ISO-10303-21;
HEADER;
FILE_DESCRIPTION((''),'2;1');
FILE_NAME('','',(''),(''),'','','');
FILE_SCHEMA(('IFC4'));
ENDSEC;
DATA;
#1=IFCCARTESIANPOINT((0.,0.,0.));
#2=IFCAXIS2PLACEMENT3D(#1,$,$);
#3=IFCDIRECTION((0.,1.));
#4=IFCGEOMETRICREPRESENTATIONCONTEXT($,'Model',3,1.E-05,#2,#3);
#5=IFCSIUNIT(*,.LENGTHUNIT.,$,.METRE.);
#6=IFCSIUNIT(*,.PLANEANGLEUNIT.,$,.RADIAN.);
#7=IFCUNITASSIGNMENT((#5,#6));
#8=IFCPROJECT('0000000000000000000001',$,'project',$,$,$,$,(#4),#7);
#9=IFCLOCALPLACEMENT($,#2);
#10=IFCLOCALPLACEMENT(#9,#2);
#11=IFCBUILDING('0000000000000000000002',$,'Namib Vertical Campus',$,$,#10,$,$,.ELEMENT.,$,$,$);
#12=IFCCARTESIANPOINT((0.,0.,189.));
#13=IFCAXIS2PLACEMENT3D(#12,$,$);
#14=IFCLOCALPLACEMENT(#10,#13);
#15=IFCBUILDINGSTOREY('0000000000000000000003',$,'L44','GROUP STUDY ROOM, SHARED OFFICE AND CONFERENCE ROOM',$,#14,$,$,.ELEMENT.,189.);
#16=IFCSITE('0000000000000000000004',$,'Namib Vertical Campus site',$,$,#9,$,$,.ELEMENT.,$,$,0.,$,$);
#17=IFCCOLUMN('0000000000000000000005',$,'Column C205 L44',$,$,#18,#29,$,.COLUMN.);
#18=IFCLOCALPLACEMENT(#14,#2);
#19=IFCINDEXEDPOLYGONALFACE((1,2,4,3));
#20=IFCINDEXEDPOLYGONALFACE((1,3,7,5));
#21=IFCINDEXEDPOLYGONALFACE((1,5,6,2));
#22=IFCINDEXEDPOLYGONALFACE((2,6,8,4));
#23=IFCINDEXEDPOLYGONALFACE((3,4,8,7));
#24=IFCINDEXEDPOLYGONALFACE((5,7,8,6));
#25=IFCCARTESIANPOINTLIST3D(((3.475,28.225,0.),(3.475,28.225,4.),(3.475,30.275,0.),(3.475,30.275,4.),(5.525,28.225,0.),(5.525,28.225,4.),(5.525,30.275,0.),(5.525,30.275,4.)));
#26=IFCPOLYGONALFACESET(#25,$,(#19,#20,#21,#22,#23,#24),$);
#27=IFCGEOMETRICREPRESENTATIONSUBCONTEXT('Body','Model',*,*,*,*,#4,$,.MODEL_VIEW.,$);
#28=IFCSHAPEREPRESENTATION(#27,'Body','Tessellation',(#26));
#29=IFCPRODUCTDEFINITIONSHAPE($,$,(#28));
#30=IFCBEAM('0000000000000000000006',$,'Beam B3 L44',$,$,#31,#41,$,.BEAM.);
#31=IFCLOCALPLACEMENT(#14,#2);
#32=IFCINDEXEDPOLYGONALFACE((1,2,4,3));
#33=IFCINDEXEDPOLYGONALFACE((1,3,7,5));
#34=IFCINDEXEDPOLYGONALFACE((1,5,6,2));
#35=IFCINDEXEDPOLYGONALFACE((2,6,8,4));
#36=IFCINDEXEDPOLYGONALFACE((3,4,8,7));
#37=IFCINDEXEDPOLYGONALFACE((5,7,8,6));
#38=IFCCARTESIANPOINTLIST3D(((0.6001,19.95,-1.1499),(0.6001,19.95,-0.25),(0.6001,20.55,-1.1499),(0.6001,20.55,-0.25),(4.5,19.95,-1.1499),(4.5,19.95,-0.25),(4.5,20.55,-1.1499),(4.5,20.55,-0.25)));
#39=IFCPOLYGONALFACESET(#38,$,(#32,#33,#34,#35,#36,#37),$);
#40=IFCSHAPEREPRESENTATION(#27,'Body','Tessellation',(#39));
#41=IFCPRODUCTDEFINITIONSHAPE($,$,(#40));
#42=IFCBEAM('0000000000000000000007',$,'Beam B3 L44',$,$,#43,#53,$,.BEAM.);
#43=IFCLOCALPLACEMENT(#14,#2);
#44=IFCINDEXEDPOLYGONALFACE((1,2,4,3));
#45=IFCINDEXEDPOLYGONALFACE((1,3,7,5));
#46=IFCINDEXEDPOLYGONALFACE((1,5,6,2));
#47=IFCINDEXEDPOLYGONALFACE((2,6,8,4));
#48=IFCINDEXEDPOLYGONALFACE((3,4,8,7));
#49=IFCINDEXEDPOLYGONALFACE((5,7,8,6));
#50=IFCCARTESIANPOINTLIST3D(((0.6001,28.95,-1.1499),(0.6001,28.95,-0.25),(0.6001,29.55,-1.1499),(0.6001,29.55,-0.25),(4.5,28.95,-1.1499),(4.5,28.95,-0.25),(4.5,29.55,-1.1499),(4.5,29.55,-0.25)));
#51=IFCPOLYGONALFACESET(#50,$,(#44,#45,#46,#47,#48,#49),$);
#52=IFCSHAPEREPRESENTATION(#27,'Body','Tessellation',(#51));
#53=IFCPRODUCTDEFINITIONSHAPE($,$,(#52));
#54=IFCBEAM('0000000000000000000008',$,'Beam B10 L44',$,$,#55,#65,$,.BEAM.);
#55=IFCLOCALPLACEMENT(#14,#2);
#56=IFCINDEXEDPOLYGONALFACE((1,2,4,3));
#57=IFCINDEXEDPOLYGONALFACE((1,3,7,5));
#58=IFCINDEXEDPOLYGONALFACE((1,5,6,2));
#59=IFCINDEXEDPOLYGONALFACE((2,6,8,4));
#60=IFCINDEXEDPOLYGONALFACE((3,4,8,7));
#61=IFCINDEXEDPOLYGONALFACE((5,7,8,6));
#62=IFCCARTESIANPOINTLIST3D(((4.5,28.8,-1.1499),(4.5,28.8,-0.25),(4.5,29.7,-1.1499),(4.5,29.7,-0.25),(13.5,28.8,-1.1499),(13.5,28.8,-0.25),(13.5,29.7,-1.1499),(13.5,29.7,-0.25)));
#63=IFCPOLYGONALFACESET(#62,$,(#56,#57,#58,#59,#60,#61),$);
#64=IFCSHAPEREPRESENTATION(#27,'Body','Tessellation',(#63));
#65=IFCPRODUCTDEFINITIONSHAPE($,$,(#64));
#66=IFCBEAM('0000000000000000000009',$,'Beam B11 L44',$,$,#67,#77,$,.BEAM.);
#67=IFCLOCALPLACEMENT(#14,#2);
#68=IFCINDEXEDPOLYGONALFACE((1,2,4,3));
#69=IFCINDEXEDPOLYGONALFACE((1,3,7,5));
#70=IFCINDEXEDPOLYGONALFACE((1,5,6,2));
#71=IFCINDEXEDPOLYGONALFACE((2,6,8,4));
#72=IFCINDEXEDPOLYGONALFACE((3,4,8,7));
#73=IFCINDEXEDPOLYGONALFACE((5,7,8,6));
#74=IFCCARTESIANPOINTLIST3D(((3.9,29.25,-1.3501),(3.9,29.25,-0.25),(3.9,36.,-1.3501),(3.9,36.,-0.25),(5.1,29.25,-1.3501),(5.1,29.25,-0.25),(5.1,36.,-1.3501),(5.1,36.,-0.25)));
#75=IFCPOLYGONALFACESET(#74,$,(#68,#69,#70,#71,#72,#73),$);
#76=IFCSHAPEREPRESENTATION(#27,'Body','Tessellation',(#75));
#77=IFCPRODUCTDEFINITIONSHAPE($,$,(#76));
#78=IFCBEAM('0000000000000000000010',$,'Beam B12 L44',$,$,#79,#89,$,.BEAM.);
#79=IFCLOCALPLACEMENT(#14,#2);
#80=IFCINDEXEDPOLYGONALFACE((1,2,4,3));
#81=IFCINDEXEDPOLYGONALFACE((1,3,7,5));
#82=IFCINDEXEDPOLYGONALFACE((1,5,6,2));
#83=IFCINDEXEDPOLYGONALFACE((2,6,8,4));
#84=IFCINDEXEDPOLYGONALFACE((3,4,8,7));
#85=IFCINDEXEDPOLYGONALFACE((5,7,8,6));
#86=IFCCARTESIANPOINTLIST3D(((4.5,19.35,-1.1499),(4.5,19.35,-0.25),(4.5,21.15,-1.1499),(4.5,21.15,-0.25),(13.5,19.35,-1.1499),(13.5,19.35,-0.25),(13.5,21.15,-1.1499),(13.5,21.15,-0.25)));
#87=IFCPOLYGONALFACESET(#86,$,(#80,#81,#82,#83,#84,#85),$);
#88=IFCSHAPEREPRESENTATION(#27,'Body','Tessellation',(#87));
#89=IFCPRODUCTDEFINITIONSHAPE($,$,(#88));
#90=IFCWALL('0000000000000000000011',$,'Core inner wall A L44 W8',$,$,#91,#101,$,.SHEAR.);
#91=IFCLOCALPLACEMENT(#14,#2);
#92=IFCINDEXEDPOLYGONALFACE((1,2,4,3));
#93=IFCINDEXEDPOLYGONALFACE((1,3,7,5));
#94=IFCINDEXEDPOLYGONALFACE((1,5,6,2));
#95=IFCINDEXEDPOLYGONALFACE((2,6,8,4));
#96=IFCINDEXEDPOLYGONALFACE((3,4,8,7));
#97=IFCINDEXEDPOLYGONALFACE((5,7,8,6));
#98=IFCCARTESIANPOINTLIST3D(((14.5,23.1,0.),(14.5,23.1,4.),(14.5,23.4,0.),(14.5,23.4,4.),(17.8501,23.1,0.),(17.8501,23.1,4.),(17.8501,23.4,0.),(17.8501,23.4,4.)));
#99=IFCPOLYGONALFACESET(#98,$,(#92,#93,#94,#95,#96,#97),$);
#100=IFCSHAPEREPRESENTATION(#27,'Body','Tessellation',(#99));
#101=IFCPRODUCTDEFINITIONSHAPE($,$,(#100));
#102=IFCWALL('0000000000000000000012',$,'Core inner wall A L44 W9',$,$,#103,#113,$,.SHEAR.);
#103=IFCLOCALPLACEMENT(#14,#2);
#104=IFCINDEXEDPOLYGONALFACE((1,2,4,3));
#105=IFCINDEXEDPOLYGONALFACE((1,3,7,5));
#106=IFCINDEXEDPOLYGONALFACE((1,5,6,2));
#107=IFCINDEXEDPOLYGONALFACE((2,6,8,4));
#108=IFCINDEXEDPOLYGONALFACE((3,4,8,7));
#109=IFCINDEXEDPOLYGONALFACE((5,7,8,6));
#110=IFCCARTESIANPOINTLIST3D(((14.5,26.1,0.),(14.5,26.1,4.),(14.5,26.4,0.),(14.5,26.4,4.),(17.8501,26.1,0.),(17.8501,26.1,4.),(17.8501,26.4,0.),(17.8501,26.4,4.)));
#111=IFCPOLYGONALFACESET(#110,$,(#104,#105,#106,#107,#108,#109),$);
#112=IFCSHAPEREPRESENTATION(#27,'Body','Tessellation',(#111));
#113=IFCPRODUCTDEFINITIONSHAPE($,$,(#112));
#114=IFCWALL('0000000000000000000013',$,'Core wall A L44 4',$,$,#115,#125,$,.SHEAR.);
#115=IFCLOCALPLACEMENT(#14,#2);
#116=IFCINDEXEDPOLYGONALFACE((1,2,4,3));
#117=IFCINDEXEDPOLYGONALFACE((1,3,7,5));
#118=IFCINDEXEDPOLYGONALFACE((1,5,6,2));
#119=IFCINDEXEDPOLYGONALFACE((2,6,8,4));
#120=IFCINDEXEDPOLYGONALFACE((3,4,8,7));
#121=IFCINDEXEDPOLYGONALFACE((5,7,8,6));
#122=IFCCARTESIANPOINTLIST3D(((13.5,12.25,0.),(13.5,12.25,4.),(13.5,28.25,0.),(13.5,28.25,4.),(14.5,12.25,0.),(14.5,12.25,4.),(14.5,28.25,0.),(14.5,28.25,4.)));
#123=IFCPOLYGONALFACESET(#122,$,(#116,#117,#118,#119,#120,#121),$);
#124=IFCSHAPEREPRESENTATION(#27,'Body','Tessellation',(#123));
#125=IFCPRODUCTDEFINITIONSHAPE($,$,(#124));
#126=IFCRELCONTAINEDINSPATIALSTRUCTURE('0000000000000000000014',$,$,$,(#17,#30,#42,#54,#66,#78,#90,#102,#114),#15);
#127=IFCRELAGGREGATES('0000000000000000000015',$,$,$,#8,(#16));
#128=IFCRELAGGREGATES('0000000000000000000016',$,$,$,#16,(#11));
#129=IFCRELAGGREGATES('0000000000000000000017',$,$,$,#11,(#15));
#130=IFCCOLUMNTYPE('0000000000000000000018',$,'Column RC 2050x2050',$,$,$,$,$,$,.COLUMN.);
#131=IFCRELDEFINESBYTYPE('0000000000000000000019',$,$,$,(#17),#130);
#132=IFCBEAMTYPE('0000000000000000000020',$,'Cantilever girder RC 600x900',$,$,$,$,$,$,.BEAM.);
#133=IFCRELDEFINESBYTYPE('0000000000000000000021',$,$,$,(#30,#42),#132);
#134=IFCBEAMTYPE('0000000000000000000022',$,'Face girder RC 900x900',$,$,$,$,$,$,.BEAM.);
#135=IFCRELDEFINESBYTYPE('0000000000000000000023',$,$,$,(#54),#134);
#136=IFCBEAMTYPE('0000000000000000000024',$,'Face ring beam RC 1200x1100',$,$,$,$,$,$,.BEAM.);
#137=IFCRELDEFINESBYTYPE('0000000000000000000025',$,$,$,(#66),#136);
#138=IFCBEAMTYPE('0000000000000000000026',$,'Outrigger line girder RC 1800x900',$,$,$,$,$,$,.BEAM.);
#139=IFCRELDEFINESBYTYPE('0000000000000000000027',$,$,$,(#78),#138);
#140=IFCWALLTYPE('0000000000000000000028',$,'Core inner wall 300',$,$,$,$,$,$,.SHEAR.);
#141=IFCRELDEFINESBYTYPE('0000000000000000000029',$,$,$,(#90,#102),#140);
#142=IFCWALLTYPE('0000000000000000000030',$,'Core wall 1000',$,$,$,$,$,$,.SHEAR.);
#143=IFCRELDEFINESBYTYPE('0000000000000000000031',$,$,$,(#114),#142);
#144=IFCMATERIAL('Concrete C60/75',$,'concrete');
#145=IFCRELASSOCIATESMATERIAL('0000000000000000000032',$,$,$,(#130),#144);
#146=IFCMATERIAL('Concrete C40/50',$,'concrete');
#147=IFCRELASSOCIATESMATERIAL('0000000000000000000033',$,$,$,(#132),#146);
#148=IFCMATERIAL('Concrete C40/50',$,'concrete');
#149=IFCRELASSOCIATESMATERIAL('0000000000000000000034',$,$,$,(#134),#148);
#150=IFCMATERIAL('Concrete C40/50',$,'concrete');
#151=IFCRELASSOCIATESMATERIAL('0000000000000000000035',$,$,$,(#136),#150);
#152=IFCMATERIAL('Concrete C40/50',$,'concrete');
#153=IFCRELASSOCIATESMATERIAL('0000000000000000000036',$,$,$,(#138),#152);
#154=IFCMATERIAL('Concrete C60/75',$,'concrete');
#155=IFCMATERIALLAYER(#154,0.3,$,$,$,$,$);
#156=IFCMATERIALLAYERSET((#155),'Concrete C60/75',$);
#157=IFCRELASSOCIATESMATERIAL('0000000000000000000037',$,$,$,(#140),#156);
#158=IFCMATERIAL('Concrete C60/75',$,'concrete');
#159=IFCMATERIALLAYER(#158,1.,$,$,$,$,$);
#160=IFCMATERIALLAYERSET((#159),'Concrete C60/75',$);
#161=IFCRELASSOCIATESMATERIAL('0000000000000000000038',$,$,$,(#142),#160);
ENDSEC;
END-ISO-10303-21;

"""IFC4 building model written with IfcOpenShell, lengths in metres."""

from ifc_helpers import new_model, si_unit, direction, frame, frame_2d, origin, origin_2d, place, context, subcontext, project, spatial, rectangle, extrude, material, layer, layer_set, material_profile, profile_set, type_object, element, save


model = new_model("IFC4")

# Units and contexts
model_context = context("Model", 3, precision=1e-05, world=origin(), true_north=direction((0.0, 1.0)))
body_context = subcontext(model_context, "Body", "Model", "MODEL_VIEW")
ifc_project = project(units=[si_unit("LENGTHUNIT", "METRE"), si_unit("PLANEANGLEUNIT", "RADIAN")], contexts=[model_context])

# Site, building, storey
site_placement = place(None, origin())
site = spatial("IfcSite", under=ifc_project, at=site_placement, Name="Namib Vertical Campus site", CompositionType="ELEMENT", RefElevation=0.0)
building_placement = place(site_placement, origin())
building = spatial("IfcBuilding", under=site, at=building_placement, Name="Namib Vertical Campus", CompositionType="ELEMENT")
storey_placement = place(building_placement, frame((0.0, 0.0, 189.0)))
storey = spatial("IfcBuildingStorey", under=building, at=storey_placement, Name="L44", Description="GROUP STUDY ROOM, SHARED OFFICE AND CONFERENCE ROOM", CompositionType="ELEMENT", Elevation=189.0)

# Column
ifc_material_1 = material(Name="Concrete C60/75", Category="concrete")
ifc_material_profile_1 = material_profile(ifc_material_1, rectangle(XDim=2.05, YDim=2.05, at=origin_2d()))
ifc_profile_set_1 = profile_set([ifc_material_profile_1], Name="Concrete C60/75")
column_type = type_object("IfcColumnType", Name="Column RC 2050x2050", PredefinedType="COLUMN", material=ifc_profile_set_1)
column_placement = place(storey_placement, frame((4.5, 29.25, 0.0), z_axis=(0.0, 0.0, 1.0), x_axis=(1.0, 0.0, 0.0)))
element("IfcColumn", 1, at=column_placement, inside=storey, type_object=column_type, Name="Column C205 L44", PredefinedType="COLUMN", context=body_context, shape_type="SweptSolid", body=[
    extrude(rectangle(XDim=2.05, YDim=2.05, at=origin_2d()), origin(), (0.0, 0.0, 1.0), 4.0),
])

# Beams
ifc_material_2 = material(Name="Concrete C40/50", Category="concrete")
ifc_material_profile_2 = material_profile(ifc_material_2, rectangle(XDim=0.6001, YDim=0.8999, at=origin_2d()))
ifc_profile_set_2 = profile_set([ifc_material_profile_2], Name="Concrete C40/50")
beam_type_1 = type_object("IfcBeamType", Name="Cantilever girder RC 600x900", PredefinedType="BEAM", material=ifc_profile_set_2)
for number, where, z_axis, x_axis, name in (
    (2, (4.5, 20.25, -0.7), (-1.0, 0.0, 0.0), (0.0, -1.0, 0.0), "Beam B3 L44"),
    (3, (4.5, 29.25, -0.7), (-1.0, 0.0, 0.0), (0.0, -1.0, 0.0), "Beam B3 L44"),
):
    element("IfcBeam", number, at=place(storey_placement, frame(where, z_axis=z_axis, x_axis=x_axis)), inside=storey, type_object=beam_type_1, Name=name, PredefinedType="BEAM", context=body_context, shape_type="SweptSolid", body=[
        extrude(rectangle(XDim=0.6001, YDim=0.8999, at=origin_2d()), origin(), (0.0, 0.0, 1.0), 3.8999),
    ])
ifc_material_3 = material(Name="Concrete C40/50", Category="concrete")
ifc_material_profile_3 = material_profile(ifc_material_3, rectangle(XDim=0.8999, YDim=0.8999, at=origin_2d()))
ifc_profile_set_3 = profile_set([ifc_material_profile_3], Name="Concrete C40/50")
beam_type_2 = type_object("IfcBeamType", Name="Face girder RC 900x900", PredefinedType="BEAM", material=ifc_profile_set_3)
beam_1_placement = place(storey_placement, frame((4.5, 29.25, -0.7), z_axis=(1.0, 0.0, 0.0), x_axis=(0.0, 1.0, 0.0)))
element("IfcBeam", 4, at=beam_1_placement, inside=storey, type_object=beam_type_2, Name="Beam B10 L44", PredefinedType="BEAM", context=body_context, shape_type="SweptSolid", body=[
    extrude(rectangle(XDim=0.8999, YDim=0.8999, at=origin_2d()), origin(), (0.0, 0.0, 1.0), 9.0),
])
ifc_material_4 = material(Name="Concrete C40/50", Category="concrete")
ifc_material_profile_4 = material_profile(ifc_material_4, rectangle(XDim=1.2, YDim=1.1001, at=origin_2d()))
ifc_profile_set_4 = profile_set([ifc_material_profile_4], Name="Concrete C40/50")
beam_type_3 = type_object("IfcBeamType", Name="Face ring beam RC 1200x1100", PredefinedType="BEAM", material=ifc_profile_set_4)
beam_2_placement = place(storey_placement, frame((4.5, 29.25, -0.8), z_axis=(0.0, 1.0, 0.0), x_axis=(-1.0, 0.0, 0.0)))
element("IfcBeam", 5, at=beam_2_placement, inside=storey, type_object=beam_type_3, Name="Beam B11 L44", PredefinedType="BEAM", context=body_context, shape_type="SweptSolid", body=[
    extrude(rectangle(XDim=1.2, YDim=1.1001, at=origin_2d()), origin(), (0.0, 0.0, 1.0), 6.75),
])
ifc_material_5 = material(Name="Concrete C40/50", Category="concrete")
ifc_material_profile_5 = material_profile(ifc_material_5, rectangle(XDim=1.8, YDim=0.8999, at=origin_2d()))
ifc_profile_set_5 = profile_set([ifc_material_profile_5], Name="Concrete C40/50")
beam_type_4 = type_object("IfcBeamType", Name="Outrigger line girder RC 1800x900", PredefinedType="BEAM", material=ifc_profile_set_5)
beam_3_placement = place(storey_placement, frame((4.5, 20.25, -0.7), z_axis=(1.0, 0.0, 0.0), x_axis=(0.0, 1.0, 0.0)))
element("IfcBeam", 6, at=beam_3_placement, inside=storey, type_object=beam_type_4, Name="Beam B12 L44", PredefinedType="BEAM", context=body_context, shape_type="SweptSolid", body=[
    extrude(rectangle(XDim=1.8, YDim=0.8999, at=origin_2d()), origin(), (0.0, 0.0, 1.0), 9.0),
])

# Walls
ifc_material_6 = material(Name="Concrete C60/75", Category="concrete")
ifc_layer_1 = layer(ifc_material_6, 0.3)
ifc_layer_set_1 = layer_set([ifc_layer_1], Name="Concrete C60/75")
wall_type_1 = type_object("IfcWallType", Name="Core inner wall 300", PredefinedType="SHEAR", material=ifc_layer_set_1)
for number, where, z_axis, x_axis, name in (
    (7, (14.5, 23.25, 0.0), (0.0, 0.0, 1.0), (1.0, 0.0, 0.0), "Core inner wall A L44 W8"),
    (8, (14.5, 26.25, 0.0), (0.0, 0.0, 1.0), (1.0, 0.0, 0.0), "Core inner wall A L44 W9"),
):
    element("IfcWall", number, at=place(storey_placement, frame(where, z_axis=z_axis, x_axis=x_axis)), inside=storey, type_object=wall_type_1, Name=name, PredefinedType="SHEAR", context=body_context, shape_type="SweptSolid", body=[
        extrude(rectangle(XDim=3.3501, YDim=0.3, at=frame_2d((1.675, 0.0))), origin(), (0.0, 0.0, 1.0), 4.0),
    ])
ifc_material_7 = material(Name="Concrete C60/75", Category="concrete")
ifc_layer_2 = layer(ifc_material_7, 1.0)
ifc_layer_set_2 = layer_set([ifc_layer_2], Name="Concrete C60/75")
wall_type_2 = type_object("IfcWallType", Name="Core wall 1000", PredefinedType="SHEAR", material=ifc_layer_set_2)
wall_1_placement = place(storey_placement, frame((14.0, 28.25, 0.0), z_axis=(0.0, 0.0, 1.0), x_axis=(0.0, -1.0, 0.0)))
element("IfcWall", 9, at=wall_1_placement, inside=storey, type_object=wall_type_2, Name="Core wall A L44 4", PredefinedType="SHEAR", context=body_context, shape_type="SweptSolid", body=[
    extrude(rectangle(XDim=16.0, YDim=1.0, at=frame_2d((8.0, 0.0))), origin(), (0.0, 0.0, 1.0), 4.0),
])

save(model, "model.ifc")
